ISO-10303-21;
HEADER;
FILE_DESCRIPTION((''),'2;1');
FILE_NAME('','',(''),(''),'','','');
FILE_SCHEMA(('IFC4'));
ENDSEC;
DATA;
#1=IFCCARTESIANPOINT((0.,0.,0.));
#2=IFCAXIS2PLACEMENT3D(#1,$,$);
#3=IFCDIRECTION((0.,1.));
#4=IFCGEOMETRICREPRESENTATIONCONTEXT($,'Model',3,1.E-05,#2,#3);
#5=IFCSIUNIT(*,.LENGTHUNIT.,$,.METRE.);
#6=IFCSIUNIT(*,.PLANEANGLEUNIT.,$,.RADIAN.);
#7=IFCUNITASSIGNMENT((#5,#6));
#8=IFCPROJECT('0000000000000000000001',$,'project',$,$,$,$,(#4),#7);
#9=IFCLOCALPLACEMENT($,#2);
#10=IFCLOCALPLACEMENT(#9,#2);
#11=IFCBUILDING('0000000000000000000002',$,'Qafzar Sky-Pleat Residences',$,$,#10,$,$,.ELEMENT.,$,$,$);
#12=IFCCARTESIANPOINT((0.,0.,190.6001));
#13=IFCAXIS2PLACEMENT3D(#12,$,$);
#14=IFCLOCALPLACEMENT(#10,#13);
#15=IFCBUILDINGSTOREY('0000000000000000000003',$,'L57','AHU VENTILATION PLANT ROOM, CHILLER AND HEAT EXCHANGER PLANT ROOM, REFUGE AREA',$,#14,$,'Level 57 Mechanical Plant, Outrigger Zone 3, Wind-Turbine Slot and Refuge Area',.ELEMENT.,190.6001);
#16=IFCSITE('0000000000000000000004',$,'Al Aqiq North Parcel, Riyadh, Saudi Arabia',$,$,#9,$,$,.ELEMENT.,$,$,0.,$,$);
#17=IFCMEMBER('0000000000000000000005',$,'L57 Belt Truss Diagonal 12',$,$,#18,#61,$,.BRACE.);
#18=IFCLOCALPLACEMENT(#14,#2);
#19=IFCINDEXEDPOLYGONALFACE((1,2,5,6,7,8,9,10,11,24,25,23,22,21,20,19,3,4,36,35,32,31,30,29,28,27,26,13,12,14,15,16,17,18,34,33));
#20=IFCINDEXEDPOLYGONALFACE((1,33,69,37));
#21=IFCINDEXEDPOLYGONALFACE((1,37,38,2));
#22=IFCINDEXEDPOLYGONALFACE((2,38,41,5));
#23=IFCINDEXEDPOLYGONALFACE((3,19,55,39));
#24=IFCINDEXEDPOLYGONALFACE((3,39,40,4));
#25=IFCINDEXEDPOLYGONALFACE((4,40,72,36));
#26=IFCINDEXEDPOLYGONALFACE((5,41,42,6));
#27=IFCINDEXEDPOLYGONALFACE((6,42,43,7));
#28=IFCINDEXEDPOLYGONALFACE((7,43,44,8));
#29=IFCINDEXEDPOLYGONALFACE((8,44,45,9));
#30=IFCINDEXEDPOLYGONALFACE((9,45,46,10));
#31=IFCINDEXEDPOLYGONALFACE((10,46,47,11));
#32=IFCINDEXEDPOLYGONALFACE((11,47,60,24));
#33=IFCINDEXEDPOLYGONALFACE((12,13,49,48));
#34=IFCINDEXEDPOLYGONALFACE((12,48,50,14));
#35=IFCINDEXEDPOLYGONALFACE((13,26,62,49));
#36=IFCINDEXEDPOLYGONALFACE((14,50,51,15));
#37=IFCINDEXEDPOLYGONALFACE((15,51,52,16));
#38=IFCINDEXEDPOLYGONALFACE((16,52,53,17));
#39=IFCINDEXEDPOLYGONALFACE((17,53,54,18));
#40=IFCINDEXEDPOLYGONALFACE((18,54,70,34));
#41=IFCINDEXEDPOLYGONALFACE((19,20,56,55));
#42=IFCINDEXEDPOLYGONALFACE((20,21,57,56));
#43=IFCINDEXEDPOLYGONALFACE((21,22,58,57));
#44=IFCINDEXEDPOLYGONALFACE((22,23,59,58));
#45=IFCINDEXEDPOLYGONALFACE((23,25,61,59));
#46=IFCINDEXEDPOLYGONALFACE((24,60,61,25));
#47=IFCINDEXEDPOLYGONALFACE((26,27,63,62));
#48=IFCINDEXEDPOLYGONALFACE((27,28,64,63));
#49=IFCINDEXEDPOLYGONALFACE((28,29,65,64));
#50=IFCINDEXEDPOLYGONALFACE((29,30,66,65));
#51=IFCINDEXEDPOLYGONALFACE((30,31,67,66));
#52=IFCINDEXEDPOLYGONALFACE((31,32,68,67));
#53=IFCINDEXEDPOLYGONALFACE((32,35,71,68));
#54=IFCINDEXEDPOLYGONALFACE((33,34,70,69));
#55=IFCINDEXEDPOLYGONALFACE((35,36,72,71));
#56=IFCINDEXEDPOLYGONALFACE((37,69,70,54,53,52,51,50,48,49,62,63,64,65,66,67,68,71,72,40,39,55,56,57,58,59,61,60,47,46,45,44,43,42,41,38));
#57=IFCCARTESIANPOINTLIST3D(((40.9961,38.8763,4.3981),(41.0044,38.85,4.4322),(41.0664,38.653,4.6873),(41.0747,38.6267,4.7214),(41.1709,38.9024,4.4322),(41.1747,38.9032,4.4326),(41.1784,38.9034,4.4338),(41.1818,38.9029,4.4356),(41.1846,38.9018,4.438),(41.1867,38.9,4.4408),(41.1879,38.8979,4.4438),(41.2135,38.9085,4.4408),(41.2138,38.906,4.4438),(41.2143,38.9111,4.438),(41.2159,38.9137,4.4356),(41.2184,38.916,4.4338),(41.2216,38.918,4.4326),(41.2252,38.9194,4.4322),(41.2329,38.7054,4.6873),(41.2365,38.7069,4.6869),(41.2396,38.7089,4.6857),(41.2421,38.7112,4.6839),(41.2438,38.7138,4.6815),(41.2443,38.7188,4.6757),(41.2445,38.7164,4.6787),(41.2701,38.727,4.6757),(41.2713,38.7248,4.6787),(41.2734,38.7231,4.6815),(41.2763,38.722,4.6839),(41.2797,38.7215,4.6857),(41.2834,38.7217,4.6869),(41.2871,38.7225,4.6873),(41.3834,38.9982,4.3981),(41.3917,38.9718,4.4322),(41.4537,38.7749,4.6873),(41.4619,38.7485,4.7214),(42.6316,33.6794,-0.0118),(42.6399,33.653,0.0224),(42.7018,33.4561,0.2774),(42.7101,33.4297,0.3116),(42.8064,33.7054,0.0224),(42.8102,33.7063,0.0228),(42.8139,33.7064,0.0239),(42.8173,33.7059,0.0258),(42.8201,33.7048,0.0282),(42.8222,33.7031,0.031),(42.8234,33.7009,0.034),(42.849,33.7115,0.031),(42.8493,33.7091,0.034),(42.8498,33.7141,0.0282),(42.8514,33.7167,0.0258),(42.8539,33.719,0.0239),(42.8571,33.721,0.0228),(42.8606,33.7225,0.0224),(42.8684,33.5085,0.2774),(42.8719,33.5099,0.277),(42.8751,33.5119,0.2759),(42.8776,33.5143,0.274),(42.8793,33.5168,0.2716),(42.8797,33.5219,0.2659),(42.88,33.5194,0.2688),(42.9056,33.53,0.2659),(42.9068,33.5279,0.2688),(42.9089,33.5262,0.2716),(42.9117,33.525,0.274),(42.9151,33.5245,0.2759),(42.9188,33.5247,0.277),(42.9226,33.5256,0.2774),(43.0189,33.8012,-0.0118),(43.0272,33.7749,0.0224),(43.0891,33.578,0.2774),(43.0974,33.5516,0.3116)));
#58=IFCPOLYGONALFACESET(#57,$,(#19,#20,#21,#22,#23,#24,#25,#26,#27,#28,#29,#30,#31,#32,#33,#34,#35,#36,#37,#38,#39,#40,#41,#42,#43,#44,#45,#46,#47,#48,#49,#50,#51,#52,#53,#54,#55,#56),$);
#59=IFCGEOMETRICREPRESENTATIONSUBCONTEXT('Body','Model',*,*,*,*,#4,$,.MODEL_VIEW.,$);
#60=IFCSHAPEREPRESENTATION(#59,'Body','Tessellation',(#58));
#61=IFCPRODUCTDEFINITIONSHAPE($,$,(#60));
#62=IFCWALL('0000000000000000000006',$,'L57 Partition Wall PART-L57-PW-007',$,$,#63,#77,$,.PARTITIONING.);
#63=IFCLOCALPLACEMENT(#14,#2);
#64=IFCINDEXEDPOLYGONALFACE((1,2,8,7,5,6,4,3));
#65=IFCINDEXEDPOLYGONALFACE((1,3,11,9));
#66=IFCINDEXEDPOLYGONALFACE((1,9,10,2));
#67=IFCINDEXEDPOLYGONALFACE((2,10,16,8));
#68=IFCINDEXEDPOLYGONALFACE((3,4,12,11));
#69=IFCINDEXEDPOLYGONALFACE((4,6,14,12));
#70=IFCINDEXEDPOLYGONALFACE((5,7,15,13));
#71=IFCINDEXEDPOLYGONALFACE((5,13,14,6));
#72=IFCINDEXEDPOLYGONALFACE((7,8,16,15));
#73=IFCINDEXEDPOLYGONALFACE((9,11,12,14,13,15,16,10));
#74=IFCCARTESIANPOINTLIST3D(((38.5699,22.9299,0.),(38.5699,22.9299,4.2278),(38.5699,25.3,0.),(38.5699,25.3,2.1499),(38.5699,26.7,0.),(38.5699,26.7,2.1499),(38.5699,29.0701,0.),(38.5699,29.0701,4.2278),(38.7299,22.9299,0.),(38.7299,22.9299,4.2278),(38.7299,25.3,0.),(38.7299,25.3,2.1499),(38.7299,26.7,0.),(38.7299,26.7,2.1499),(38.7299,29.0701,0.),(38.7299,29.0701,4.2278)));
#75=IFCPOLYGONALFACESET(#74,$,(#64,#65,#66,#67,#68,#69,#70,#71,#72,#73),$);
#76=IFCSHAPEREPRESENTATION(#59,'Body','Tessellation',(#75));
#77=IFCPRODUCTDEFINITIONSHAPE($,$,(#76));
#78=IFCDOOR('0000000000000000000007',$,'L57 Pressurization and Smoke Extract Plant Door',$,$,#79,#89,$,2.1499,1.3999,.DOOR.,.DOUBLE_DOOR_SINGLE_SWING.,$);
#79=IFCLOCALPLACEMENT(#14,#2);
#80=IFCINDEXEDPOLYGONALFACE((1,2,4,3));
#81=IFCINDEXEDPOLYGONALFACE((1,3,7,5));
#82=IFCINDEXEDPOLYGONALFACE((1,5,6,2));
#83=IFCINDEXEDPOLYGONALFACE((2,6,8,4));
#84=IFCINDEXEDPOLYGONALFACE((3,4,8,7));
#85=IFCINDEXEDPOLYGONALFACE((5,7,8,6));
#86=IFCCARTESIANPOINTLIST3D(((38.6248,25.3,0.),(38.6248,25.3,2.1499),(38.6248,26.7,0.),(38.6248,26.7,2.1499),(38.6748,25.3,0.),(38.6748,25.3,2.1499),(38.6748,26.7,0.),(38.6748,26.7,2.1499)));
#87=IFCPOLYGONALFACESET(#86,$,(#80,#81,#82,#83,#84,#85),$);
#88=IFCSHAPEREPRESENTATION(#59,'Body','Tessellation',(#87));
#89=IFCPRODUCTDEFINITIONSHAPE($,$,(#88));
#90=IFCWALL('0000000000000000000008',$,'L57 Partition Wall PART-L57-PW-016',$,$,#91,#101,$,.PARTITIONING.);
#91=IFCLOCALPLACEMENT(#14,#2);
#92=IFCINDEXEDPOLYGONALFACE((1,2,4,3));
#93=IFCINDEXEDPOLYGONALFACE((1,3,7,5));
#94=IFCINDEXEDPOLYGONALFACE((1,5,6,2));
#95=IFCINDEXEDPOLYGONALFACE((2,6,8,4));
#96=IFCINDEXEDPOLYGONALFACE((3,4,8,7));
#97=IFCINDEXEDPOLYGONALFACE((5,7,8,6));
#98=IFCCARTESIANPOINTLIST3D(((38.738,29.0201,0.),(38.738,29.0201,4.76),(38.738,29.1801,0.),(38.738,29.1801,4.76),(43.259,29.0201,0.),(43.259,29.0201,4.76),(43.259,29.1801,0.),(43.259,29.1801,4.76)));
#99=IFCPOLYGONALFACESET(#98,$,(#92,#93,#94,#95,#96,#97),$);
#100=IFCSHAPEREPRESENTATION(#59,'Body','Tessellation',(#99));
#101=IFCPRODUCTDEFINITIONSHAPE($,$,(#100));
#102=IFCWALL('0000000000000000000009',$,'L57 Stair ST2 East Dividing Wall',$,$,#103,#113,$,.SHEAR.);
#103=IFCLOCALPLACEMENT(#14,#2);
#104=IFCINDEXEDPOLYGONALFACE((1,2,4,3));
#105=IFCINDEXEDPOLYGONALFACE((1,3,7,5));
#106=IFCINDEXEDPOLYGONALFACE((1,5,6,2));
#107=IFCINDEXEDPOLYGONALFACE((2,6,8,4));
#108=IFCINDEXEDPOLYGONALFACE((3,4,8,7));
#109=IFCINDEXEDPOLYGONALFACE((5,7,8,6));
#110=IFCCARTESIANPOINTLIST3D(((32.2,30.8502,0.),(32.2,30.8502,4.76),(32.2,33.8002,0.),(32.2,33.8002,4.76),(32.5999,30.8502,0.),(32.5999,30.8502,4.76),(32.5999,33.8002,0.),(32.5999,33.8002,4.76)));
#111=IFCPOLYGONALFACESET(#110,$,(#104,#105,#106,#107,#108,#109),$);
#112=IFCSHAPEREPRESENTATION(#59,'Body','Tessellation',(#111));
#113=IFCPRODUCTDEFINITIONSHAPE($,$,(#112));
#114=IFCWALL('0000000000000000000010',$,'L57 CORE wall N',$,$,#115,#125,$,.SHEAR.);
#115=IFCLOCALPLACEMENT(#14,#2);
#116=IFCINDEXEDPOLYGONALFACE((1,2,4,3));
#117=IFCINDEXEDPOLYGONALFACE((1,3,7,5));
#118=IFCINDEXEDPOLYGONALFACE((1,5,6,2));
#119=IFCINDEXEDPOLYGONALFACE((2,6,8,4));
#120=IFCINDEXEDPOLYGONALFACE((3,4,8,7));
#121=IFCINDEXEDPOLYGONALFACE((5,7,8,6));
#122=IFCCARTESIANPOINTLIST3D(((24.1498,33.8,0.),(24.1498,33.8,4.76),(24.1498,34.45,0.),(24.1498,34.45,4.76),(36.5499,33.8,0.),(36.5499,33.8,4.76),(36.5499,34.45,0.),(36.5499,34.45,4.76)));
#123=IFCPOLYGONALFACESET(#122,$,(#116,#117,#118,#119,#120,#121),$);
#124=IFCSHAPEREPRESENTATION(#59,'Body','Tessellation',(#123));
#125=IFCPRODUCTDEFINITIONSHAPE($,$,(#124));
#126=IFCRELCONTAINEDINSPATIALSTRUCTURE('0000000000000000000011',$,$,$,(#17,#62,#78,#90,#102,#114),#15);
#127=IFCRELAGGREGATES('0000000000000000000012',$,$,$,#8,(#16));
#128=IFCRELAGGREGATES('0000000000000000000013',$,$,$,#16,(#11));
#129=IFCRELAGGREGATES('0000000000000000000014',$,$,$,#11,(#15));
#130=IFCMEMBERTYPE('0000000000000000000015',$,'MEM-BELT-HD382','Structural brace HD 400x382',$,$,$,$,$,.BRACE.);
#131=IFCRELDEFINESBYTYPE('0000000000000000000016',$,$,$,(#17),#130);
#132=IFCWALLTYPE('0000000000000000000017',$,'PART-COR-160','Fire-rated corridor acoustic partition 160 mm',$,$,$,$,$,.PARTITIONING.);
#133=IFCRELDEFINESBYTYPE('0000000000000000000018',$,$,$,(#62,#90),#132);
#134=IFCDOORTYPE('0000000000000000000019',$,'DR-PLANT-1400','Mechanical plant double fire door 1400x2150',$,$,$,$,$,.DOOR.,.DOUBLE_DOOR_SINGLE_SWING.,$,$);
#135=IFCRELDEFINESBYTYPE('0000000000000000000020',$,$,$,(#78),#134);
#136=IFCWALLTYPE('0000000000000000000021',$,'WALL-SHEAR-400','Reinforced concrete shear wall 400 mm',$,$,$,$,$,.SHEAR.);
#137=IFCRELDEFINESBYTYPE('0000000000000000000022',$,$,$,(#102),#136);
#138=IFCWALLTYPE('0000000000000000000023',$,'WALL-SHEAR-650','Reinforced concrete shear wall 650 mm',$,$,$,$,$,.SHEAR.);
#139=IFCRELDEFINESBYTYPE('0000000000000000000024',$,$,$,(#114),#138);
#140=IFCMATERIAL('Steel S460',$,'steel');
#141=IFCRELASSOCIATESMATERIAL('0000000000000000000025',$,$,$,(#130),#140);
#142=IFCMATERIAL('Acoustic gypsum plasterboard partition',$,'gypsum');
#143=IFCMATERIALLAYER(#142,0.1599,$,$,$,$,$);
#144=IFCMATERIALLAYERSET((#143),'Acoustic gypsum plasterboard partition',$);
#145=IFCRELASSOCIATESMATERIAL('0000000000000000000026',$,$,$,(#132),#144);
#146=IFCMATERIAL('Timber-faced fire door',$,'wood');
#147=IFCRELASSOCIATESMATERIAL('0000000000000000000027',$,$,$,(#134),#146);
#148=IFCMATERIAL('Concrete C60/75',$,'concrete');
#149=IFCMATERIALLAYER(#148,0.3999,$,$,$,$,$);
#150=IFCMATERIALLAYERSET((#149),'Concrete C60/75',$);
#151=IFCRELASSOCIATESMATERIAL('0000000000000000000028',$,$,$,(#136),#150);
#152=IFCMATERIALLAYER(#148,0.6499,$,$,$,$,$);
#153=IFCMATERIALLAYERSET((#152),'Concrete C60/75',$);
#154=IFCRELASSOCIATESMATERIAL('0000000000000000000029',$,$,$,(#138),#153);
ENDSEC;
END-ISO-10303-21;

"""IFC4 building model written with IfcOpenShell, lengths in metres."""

from ifc_helpers import new_model, si_unit, direction, frame, frame_2d, origin, origin_2d, place, context, subcontext, project, spatial, rectangle, i_section, extrude, source, transform, mapped, material, layer, layer_set, material_profile, profile_set, type_object, element, fill, save


model = new_model("IFC4")

# Units and contexts
model_context = context("Model", 3, precision=1e-05, world=origin(), true_north=direction((0.0, 1.0)))
body_context = subcontext(model_context, "Body", "Model", "MODEL_VIEW")
ifc_project = project(units=[si_unit("LENGTHUNIT", "METRE"), si_unit("PLANEANGLEUNIT", "RADIAN")], contexts=[model_context])

# Site, building, storey
site_placement = place(None, origin())
site = spatial("IfcSite", under=ifc_project, at=site_placement, Name="Al Aqiq North Parcel, Riyadh, Saudi Arabia", CompositionType="ELEMENT", RefElevation=0.0)
building_placement = place(site_placement, origin())
building = spatial("IfcBuilding", under=site, at=building_placement, Name="Qafzar Sky-Pleat Residences", CompositionType="ELEMENT")
storey_placement = place(building_placement, frame((0.0, 0.0, 190.6001)))
storey = spatial("IfcBuildingStorey", under=building, at=storey_placement, Name="L57", Description="AHU VENTILATION PLANT ROOM, CHILLER AND HEAT EXCHANGER PLANT ROOM, REFUGE AREA", LongName="Level 57 Mechanical Plant, Outrigger Zone 3, Wind-Turbine Slot and Refuge Area", CompositionType="ELEMENT", Elevation=190.6001)

# Shared definitions
ifc_material_1 = material(Name="Concrete C60/75", Category="concrete")

# Shared definitions
ifc_material_2 = material(Name="Steel S460", Category="steel")

# Member
ifc_material_profile_1 = material_profile(ifc_material_2, i_section(OverallWidth=0.406, OverallDepth=0.416, WebThickness=0.0271, FlangeThickness=0.0439, FilletRadius=0.0149, at=origin_2d()), Name="HD 400x382")
ifc_profile_set_1 = profile_set([ifc_material_profile_1], Name="Steel S460")
member_type = type_object("IfcMemberType", Name="MEM-BELT-HD382", Description="Structural brace HD 400x382", PredefinedType="BRACE", material=ifc_profile_set_1)
shared_shape_1 = source(origin(), body_context, "Body", "SweptSolid", [
    extrude(i_section(OverallWidth=0.406, OverallDepth=0.416, WebThickness=0.0271, FlangeThickness=0.0439, FilletRadius=0.0149, at=origin_2d()), origin(), (0.0, 0.0, 1.0), 7.0093),
])
member_placement = place(storey_placement, frame((42.8645, 33.6155, 0.1499), z_axis=(-0.23333, 0.74144, 0.629146), x_axis=(-0.953881, -0.300185, 0.0)))
element("IfcMember", 1, at=member_placement, inside=storey, type_object=member_type, Name="L57 Belt Truss Diagonal 12", PredefinedType="BRACE", context=body_context, shape_type="MappedRepresentation", body=[
    mapped(shared_shape_1, transform((0.0, 0.0, 0.0), x_axis=(1.0, 0.0, 0.0), y_axis=(0.0, 1.0, 0.0), z_axis=(0.0, 0.0, 1.0), scale=1.0)),
])

# Wall, opening, door
ifc_material_3 = material(Name="Acoustic gypsum plasterboard partition", Category="gypsum")
ifc_layer_1 = layer(ifc_material_3, 0.1599)
ifc_layer_set_1 = layer_set([ifc_layer_1], Name="Acoustic gypsum plasterboard partition")
wall_type_1 = type_object("IfcWallType", Name="PART-COR-160", Description="Fire-rated corridor acoustic partition 160 mm", PredefinedType="PARTITIONING", material=ifc_layer_set_1)
wall_1_placement = place(storey_placement, frame((38.6499, 29.0701, 0.0), z_axis=(0.0, 0.0, 1.0), x_axis=(0.0, -1.0, 0.0)))
wall_1 = element("IfcWall", 2, at=wall_1_placement, inside=storey, type_object=wall_type_1, Name="L57 Partition Wall PART-L57-PW-007", PredefinedType="PARTITIONING", context=body_context, shape_type="SweptSolid", body=[
    extrude(rectangle(XDim=6.1401, YDim=0.1599, at=frame_2d((3.0701, 0.0))), origin(), (0.0, 0.0, 1.0), 4.2278),
])
opening_1_placement = place(wall_1_placement, frame((2.3701, 0.0, 0.0)))
opening_1 = element("IfcOpeningElement", 3, at=opening_1_placement, cuts=wall_1, PredefinedType="OPENING", context=body_context, shape_type="SweptSolid", body=[
    extrude(rectangle(XDim=1.3999, YDim=2.1499, at=frame_2d((0.7, 1.075))), frame((0.0, 0.0898, 0.0), z_axis=(0.0, -1.0, 0.0), x_axis=(1.0, 0.0, 0.0)), (0.0, 0.0, 1.0), 0.1799),
])
ifc_material_4 = material(Name="Timber-faced fire door", Category="wood")
door_type_1 = type_object("IfcDoorType", Name="DR-PLANT-1400", Description="Mechanical plant double fire door 1400x2150", OperationType="DOUBLE_DOOR_SINGLE_SWING", PredefinedType="DOOR", material=ifc_material_4)
shared_shape_2 = source(origin(), body_context, "Body", "SweptSolid", [
    extrude(rectangle(XDim=1.3999, YDim=2.1499, at=frame_2d((0.7, 1.075))), frame((0.0, 0.0249, 0.0), z_axis=(0.0, -1.0, 0.0), x_axis=(1.0, 0.0, 0.0)), (0.0, 0.0, 1.0), 0.05),
])
door_1_placement = place(opening_1_placement, origin())
door_1 = element("IfcDoor", 4, at=door_1_placement, inside=storey, type_object=door_type_1, Name="L57 Pressurization and Smoke Extract Plant Door", OperationType="DOUBLE_DOOR_SINGLE_SWING", OverallHeight=2.1499, OverallWidth=1.3999, PredefinedType="DOOR", context=body_context, shape_type="MappedRepresentation", body=[
    mapped(shared_shape_2, transform((0.0, 0.0, 0.0), x_axis=(1.0, 0.0, 0.0), y_axis=(0.0, 1.0, 0.0), z_axis=(0.0, 0.0, 1.0), scale=1.0)),
])
fill(opening_1, door_1)

# Wall
wall_2_placement = place(storey_placement, frame((38.738, 29.1001, 0.0), z_axis=(0.0, 0.0, 1.0), x_axis=(1.0, 0.0, 0.0)))
element("IfcWall", 5, at=wall_2_placement, inside=storey, type_object=wall_type_1, Name="L57 Partition Wall PART-L57-PW-016", PredefinedType="PARTITIONING", context=body_context, shape_type="SweptSolid", body=[
    extrude(rectangle(XDim=4.521, YDim=0.1599, at=frame_2d((2.2605, 0.0))), origin(), (0.0, 0.0, 1.0), 4.76),
])

# Walls
ifc_layer_2 = layer(ifc_material_1, 0.3999)
ifc_layer_set_2 = layer_set([ifc_layer_2], Name="Concrete C60/75")
wall_type_2 = type_object("IfcWallType", Name="WALL-SHEAR-400", Description="Reinforced concrete shear wall 400 mm", PredefinedType="SHEAR", material=ifc_layer_set_2)
wall_3_placement = place(storey_placement, frame((32.3999, 30.8501, 0.0), z_axis=(0.0, 0.0, 1.0), x_axis=(0.0, 1.0, 0.0)))
element("IfcWall", 6, at=wall_3_placement, inside=storey, type_object=wall_type_2, Name="L57 Stair ST2 East Dividing Wall", PredefinedType="SHEAR", context=body_context, shape_type="SweptSolid", body=[
    extrude(rectangle(XDim=2.95, YDim=0.3999, at=frame_2d((1.4751, 0.0))), origin(), (0.0, 0.0, 1.0), 4.76),
])
ifc_layer_3 = layer(ifc_material_1, 0.6499)
ifc_layer_set_3 = layer_set([ifc_layer_3], Name="Concrete C60/75")
wall_type_3 = type_object("IfcWallType", Name="WALL-SHEAR-650", Description="Reinforced concrete shear wall 650 mm", PredefinedType="SHEAR", material=ifc_layer_set_3)
wall_4_placement = place(storey_placement, frame((36.55, 34.125, 0.0), z_axis=(0.0, 0.0, 1.0), x_axis=(-1.0, 0.0, 0.0)))
element("IfcWall", 7, at=wall_4_placement, inside=storey, type_object=wall_type_3, Name="L57 CORE wall N", PredefinedType="SHEAR", context=body_context, shape_type="SweptSolid", body=[
    extrude(rectangle(XDim=12.4001, YDim=0.6499, at=frame_2d((6.2002, 0.0))), origin(), (0.0, 0.0, 1.0), 4.76),
])

save(model, "model.ifc")
